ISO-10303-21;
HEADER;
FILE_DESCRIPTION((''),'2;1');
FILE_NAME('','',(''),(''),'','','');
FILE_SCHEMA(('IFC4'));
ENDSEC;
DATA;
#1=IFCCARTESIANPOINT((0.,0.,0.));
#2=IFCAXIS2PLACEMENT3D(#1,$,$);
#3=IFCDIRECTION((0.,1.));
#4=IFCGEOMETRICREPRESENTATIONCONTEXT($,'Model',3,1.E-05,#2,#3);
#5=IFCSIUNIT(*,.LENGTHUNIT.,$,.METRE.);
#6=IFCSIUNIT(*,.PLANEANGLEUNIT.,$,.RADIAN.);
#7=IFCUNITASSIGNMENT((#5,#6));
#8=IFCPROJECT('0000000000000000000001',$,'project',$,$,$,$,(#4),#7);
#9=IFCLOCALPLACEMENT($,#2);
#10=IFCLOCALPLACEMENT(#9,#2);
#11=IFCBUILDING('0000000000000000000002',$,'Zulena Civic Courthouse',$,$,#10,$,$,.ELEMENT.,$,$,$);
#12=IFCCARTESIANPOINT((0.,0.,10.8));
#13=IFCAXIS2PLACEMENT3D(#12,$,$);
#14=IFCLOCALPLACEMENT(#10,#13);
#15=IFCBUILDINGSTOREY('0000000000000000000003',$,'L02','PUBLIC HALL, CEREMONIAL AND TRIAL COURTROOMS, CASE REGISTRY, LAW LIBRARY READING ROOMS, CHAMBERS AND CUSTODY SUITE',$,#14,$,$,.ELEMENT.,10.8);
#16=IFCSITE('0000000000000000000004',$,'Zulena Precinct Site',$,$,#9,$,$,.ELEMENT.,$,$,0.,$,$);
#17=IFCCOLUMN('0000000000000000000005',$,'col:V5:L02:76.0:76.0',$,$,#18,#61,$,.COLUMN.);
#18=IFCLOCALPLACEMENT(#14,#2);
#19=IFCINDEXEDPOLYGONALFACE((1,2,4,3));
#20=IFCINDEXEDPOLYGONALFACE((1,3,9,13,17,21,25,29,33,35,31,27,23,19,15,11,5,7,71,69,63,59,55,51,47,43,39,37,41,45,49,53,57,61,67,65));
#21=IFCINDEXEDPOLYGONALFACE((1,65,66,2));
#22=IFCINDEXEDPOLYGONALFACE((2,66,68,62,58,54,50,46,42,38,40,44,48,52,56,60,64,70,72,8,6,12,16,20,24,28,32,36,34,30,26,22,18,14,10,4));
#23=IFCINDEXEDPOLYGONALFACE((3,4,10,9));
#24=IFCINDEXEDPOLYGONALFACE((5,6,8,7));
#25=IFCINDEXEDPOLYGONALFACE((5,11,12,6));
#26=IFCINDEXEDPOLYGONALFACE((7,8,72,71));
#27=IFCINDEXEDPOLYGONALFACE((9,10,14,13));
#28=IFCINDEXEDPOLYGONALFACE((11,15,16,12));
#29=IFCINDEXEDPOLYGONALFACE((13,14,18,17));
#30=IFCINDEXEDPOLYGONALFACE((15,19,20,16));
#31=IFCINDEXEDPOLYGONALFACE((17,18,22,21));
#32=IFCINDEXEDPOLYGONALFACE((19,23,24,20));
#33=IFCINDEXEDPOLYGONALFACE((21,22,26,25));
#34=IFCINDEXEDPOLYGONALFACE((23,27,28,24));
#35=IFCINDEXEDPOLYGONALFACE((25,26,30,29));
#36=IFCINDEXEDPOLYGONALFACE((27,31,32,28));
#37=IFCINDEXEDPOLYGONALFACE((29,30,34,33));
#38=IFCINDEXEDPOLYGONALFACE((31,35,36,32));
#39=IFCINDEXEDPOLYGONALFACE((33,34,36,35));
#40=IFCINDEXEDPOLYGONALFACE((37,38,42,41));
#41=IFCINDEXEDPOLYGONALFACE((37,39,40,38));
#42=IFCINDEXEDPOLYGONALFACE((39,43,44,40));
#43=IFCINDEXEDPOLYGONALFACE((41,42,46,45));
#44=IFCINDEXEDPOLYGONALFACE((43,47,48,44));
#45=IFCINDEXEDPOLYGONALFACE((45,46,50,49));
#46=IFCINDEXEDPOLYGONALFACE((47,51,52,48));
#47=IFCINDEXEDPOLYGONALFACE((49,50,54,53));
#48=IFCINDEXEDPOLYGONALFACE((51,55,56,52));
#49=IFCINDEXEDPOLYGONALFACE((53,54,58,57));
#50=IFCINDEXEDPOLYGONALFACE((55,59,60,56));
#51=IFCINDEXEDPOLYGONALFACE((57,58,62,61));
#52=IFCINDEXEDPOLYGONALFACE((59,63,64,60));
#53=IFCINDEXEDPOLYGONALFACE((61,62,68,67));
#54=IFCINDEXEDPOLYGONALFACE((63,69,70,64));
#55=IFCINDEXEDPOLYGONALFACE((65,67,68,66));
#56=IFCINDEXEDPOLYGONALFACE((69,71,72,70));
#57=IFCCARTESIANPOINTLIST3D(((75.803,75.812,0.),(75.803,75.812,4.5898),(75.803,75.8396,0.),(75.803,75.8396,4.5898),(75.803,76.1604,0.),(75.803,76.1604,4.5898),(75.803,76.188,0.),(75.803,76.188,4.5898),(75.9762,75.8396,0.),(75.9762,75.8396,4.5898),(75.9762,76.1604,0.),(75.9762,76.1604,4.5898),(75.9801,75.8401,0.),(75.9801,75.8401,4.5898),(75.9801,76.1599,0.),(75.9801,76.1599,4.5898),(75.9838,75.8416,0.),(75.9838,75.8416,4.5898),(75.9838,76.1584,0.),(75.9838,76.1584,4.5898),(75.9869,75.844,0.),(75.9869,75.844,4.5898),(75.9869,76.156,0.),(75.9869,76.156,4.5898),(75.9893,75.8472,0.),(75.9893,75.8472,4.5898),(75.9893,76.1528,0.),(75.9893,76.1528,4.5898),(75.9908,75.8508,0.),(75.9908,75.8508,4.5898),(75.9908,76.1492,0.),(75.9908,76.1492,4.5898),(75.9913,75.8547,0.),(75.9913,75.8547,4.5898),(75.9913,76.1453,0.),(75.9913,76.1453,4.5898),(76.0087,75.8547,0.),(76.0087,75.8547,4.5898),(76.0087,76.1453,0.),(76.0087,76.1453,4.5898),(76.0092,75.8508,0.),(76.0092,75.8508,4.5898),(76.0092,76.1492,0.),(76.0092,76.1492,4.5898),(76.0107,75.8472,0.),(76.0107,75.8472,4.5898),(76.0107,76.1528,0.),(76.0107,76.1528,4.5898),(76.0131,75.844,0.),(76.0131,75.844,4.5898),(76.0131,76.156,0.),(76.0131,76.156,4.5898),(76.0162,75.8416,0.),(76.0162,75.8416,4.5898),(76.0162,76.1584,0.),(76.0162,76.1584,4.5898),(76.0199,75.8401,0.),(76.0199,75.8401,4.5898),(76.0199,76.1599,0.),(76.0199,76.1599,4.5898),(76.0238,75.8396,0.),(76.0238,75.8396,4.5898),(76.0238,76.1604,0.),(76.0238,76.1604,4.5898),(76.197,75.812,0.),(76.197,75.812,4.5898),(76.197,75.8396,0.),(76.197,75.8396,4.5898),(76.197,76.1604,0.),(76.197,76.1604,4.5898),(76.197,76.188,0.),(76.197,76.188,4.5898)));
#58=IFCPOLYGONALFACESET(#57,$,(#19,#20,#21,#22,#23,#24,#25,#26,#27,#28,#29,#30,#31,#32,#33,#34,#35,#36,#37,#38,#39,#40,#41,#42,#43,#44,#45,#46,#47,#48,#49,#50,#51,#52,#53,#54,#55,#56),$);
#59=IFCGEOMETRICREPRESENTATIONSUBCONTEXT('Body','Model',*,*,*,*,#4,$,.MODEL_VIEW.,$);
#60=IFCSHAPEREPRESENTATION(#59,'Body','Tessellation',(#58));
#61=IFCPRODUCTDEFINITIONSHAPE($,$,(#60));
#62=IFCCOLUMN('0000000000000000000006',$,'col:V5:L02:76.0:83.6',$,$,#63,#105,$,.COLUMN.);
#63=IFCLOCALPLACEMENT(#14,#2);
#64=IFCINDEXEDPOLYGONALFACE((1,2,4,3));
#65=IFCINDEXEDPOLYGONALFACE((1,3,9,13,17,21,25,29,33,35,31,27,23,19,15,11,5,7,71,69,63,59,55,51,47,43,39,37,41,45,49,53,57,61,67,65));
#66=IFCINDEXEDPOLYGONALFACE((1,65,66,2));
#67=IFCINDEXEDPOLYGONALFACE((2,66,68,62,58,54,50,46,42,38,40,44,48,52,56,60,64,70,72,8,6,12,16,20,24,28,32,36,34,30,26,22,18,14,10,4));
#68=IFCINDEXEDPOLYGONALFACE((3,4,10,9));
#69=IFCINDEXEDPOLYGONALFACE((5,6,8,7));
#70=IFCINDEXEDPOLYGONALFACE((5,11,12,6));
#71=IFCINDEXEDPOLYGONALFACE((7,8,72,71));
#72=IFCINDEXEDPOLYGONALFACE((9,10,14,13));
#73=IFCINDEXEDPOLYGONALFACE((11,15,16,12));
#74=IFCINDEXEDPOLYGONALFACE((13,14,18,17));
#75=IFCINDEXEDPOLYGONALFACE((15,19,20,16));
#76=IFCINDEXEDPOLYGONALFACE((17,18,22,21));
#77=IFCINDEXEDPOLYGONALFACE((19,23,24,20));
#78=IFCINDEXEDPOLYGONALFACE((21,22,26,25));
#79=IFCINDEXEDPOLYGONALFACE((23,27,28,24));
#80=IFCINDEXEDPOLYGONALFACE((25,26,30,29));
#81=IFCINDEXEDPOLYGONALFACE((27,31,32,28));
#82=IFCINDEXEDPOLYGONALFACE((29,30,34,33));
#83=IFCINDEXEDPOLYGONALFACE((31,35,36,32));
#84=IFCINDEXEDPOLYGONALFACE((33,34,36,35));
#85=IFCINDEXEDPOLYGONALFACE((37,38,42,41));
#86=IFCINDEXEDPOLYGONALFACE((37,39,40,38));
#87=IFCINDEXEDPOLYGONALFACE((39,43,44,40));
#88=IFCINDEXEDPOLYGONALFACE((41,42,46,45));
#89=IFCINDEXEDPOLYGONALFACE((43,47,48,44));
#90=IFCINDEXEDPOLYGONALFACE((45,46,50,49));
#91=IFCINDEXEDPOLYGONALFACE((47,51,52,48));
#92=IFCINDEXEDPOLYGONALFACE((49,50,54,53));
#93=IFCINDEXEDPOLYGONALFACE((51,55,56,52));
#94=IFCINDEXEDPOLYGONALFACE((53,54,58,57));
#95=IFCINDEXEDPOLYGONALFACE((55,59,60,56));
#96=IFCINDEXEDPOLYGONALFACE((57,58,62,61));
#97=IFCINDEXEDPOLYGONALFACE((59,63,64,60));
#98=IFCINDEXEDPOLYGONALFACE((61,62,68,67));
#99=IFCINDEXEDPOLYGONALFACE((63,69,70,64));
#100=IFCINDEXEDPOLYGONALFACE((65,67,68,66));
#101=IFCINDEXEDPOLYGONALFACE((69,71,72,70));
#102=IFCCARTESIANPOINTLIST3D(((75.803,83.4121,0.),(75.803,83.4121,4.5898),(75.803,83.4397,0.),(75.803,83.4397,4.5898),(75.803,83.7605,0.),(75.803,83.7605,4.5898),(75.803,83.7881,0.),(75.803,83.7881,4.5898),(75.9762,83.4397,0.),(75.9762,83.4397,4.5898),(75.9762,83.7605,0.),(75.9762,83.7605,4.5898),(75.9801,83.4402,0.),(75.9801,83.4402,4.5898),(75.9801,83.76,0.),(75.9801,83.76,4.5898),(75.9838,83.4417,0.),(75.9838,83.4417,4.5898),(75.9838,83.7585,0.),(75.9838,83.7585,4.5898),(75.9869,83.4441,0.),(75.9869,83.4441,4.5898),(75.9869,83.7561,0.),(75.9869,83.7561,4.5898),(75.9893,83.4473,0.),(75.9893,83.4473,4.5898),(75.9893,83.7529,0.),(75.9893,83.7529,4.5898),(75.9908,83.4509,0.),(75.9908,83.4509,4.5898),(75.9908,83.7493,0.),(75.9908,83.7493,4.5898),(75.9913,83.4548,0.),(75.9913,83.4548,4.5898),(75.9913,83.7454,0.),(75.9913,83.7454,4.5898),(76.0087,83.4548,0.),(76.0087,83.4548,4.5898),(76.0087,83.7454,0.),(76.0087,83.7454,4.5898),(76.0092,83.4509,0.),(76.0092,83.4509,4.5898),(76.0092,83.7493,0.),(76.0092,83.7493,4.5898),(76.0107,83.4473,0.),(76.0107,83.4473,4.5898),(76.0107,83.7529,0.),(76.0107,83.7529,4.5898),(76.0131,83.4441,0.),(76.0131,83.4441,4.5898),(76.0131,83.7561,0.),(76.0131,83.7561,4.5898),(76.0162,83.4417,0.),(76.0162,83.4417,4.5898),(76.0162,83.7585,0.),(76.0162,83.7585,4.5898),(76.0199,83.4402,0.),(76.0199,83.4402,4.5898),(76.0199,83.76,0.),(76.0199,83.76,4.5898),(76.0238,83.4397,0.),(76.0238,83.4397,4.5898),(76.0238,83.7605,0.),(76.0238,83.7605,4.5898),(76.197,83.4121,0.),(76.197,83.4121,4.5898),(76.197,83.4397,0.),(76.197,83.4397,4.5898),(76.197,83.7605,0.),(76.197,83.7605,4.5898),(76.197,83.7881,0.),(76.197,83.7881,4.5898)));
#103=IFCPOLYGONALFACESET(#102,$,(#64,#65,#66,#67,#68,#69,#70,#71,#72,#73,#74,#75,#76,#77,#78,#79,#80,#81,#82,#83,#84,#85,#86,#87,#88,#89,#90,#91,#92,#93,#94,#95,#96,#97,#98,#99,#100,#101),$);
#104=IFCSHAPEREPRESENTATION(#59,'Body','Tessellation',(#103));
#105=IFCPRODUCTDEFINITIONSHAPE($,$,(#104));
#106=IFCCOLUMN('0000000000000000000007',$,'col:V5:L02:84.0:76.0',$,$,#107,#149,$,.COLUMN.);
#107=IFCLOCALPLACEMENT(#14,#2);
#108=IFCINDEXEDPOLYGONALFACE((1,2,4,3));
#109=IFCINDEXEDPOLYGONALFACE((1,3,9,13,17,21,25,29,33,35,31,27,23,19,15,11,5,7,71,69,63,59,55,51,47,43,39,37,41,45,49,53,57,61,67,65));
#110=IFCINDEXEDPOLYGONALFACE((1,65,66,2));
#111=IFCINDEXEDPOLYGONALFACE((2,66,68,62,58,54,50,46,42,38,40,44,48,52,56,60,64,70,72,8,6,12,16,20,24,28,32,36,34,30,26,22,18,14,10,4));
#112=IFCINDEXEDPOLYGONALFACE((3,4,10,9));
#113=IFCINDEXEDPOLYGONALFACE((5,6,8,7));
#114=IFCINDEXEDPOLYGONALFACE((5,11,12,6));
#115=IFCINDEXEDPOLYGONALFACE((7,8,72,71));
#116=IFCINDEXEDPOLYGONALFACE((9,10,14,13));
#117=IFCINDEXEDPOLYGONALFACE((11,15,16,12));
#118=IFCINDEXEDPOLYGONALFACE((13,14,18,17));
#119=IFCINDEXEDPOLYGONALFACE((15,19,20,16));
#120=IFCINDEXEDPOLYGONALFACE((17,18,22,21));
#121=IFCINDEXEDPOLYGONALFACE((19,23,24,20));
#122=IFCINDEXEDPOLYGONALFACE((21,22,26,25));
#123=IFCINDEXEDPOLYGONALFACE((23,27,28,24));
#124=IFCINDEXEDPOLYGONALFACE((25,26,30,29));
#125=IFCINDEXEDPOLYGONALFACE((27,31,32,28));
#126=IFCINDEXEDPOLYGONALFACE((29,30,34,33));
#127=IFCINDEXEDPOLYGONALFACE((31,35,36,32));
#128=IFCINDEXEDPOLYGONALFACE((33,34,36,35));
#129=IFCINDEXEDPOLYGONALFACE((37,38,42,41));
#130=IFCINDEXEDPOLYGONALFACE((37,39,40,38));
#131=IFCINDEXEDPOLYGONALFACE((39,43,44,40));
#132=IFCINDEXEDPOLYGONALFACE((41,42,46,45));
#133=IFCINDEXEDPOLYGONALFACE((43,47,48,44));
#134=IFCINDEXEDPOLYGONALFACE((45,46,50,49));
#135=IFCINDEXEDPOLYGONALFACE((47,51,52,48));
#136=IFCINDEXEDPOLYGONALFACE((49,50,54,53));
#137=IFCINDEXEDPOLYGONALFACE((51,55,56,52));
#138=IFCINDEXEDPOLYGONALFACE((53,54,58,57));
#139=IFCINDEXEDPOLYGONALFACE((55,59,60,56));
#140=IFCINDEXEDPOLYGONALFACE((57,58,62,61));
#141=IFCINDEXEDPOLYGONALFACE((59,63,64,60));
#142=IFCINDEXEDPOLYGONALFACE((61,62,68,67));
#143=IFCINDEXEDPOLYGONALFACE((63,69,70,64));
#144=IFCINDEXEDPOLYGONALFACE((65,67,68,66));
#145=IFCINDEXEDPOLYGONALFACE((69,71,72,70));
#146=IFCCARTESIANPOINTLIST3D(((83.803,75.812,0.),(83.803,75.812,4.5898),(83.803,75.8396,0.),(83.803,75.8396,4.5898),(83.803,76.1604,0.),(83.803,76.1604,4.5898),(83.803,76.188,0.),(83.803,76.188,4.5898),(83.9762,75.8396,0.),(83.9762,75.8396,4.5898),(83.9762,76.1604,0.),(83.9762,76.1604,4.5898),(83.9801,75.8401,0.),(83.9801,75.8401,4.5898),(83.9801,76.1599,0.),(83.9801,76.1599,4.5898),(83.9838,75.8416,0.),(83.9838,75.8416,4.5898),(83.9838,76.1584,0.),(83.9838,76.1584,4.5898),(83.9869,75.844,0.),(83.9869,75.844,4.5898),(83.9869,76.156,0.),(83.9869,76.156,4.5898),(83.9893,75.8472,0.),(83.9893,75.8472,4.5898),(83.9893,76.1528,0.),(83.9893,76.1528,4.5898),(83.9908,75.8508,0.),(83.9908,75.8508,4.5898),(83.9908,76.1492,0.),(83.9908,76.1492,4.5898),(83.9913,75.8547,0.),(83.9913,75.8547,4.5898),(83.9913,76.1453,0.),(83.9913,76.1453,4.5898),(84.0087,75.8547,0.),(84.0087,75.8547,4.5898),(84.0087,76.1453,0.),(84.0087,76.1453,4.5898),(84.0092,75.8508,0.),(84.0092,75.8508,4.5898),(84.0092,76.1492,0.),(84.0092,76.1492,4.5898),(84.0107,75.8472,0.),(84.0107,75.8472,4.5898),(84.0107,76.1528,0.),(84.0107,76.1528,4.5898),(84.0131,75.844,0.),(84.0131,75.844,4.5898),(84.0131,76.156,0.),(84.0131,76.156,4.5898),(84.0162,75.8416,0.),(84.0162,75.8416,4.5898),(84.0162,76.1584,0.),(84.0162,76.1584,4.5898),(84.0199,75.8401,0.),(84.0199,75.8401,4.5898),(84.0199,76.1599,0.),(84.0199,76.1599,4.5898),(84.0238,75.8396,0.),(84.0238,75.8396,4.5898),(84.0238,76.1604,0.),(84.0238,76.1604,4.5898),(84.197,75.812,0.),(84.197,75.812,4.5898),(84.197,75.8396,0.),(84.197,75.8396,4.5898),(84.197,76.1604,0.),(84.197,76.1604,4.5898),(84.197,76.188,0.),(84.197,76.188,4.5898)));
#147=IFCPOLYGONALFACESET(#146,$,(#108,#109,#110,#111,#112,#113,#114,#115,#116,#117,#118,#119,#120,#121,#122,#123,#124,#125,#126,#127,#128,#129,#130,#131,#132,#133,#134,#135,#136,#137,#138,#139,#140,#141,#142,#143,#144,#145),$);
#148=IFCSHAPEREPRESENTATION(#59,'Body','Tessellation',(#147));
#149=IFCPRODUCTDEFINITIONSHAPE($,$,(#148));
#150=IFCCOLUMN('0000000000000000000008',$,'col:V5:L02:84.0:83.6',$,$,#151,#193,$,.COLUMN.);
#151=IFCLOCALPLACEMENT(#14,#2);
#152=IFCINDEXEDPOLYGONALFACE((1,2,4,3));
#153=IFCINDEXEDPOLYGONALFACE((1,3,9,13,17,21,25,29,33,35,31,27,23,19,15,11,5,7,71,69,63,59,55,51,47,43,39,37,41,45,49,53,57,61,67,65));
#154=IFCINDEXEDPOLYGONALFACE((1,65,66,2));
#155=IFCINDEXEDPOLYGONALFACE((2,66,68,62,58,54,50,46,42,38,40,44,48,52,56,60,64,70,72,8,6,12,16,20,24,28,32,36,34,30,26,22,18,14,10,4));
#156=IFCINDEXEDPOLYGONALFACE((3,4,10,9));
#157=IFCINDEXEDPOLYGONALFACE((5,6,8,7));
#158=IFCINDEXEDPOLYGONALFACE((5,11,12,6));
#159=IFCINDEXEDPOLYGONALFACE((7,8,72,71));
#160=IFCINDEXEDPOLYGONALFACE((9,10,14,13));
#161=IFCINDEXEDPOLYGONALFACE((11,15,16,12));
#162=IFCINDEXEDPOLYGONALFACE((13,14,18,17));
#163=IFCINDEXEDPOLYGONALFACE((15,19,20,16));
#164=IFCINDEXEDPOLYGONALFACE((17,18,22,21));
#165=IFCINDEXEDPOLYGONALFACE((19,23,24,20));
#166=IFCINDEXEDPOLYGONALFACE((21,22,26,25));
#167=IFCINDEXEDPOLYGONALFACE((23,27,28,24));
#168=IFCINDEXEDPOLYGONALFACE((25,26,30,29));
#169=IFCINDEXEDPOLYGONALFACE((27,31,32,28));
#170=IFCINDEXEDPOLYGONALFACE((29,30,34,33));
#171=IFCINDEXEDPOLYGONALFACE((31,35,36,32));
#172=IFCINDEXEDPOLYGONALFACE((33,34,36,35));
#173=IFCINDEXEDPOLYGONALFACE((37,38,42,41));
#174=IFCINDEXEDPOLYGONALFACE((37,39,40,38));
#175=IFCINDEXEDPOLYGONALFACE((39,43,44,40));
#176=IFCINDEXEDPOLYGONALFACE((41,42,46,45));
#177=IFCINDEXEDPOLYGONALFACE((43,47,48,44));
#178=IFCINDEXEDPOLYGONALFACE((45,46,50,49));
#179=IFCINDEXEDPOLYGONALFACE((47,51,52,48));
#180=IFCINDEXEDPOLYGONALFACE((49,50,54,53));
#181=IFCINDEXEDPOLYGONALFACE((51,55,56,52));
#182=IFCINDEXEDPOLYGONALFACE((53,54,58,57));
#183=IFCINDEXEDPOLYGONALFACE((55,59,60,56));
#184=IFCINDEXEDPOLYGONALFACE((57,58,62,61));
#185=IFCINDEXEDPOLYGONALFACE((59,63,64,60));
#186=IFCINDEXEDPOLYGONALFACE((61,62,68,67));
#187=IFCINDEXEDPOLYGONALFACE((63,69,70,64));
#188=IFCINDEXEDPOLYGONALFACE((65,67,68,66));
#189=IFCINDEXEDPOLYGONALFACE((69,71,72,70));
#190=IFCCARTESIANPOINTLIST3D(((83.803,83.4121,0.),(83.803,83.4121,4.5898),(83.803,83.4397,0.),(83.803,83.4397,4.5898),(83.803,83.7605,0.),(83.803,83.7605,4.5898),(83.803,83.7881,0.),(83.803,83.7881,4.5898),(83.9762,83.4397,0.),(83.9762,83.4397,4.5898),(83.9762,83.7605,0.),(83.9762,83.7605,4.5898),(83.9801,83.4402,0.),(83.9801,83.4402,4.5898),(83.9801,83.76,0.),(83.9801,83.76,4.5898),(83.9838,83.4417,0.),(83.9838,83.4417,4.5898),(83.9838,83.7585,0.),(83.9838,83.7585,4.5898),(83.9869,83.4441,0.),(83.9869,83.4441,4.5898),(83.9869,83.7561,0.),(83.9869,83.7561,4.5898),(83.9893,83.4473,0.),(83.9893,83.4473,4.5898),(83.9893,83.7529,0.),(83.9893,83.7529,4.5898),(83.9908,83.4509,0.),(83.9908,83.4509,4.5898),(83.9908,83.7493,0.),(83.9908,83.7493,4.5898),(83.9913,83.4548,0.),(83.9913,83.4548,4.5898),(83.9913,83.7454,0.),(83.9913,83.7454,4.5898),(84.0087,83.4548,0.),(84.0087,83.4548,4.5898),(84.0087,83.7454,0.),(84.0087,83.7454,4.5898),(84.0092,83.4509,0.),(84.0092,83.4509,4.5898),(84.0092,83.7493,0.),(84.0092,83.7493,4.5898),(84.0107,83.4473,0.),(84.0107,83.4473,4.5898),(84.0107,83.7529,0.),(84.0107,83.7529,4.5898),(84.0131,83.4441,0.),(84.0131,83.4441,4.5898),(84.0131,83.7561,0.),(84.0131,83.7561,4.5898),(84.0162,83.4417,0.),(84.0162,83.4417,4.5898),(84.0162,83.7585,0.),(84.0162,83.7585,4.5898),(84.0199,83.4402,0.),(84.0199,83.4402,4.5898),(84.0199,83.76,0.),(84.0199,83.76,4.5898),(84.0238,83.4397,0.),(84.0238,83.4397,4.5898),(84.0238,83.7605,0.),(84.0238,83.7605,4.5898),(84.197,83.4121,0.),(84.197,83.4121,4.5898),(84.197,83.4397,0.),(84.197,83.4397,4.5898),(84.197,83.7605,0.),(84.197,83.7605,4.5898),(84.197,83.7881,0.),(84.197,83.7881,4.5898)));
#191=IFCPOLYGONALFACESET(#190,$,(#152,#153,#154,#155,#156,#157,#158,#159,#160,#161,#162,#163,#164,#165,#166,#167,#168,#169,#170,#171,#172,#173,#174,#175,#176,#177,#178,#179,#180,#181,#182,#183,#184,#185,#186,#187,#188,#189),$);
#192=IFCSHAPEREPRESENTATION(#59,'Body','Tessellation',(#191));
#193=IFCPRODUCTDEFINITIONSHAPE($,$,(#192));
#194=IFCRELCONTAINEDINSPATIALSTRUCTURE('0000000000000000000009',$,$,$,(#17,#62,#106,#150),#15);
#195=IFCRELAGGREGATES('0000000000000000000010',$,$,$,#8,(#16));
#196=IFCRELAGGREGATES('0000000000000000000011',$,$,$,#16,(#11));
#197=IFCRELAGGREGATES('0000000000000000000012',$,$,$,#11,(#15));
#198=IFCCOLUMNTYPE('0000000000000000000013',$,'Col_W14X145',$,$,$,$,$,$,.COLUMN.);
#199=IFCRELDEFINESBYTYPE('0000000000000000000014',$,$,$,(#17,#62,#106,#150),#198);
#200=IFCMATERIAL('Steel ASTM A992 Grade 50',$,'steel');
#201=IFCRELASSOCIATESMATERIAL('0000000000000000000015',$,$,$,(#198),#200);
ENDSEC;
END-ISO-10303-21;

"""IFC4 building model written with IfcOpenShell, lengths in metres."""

from ifc_helpers import new_model, si_unit, direction, frame, origin, origin_2d, place, context, subcontext, project, spatial, i_section, extrude, material, material_profile, profile_set, type_object, element, save


model = new_model("IFC4")

# Units and contexts
model_context = context("Model", 3, precision=1e-05, world=origin(), true_north=direction((0.0, 1.0)))
body_context = subcontext(model_context, "Body", "Model", "MODEL_VIEW")
ifc_project = project(units=[si_unit("LENGTHUNIT", "METRE"), si_unit("PLANEANGLEUNIT", "RADIAN")], contexts=[model_context])

# Site, building, storey
site_placement = place(None, origin())
site = spatial("IfcSite", under=ifc_project, at=site_placement, Name="Zulena Precinct Site", CompositionType="ELEMENT", RefElevation=0.0)
building_placement = place(site_placement, origin())
building = spatial("IfcBuilding", under=site, at=building_placement, Name="Zulena Civic Courthouse", CompositionType="ELEMENT")
storey_placement = place(building_placement, frame((0.0, 0.0, 10.8)))
storey = spatial("IfcBuildingStorey", under=building, at=storey_placement, Name="L02", Description="PUBLIC HALL, CEREMONIAL AND TRIAL COURTROOMS, CASE REGISTRY, LAW LIBRARY READING ROOMS, CHAMBERS AND CUSTODY SUITE", CompositionType="ELEMENT", Elevation=10.8)

# Columns
ifc_material_1 = material(Name="Steel ASTM A992 Grade 50", Category="steel")
ifc_material_profile_1 = material_profile(ifc_material_1, i_section(OverallWidth=0.394, OverallDepth=0.376, WebThickness=0.0173, FlangeThickness=0.0276, FilletRadius=0.0151, at=origin_2d()), Name="W14X145")
ifc_profile_set_1 = profile_set([ifc_material_profile_1], Name="Steel ASTM A992 Grade 50")
column_type_1 = type_object("IfcColumnType", Name="Col_W14X145", PredefinedType="COLUMN", material=ifc_profile_set_1)
for number, where, z_axis, x_axis, name in (
    (1, (76.0, 76.0, 0.0), (0.0, 0.0, 1.0), (1.0, 0.0, 0.0), "col:V5:L02:76.0:76.0"),
    (2, (76.0, 83.6001, 0.0), (0.0, 0.0, 1.0), (1.0, 0.0, 0.0), "col:V5:L02:76.0:83.6"),
    (3, (84.0, 76.0, 0.0), (0.0, 0.0, 1.0), (1.0, 0.0, 0.0), "col:V5:L02:84.0:76.0"),
    (4, (84.0, 83.6001, 0.0), (0.0, 0.0, 1.0), (1.0, 0.0, 0.0), "col:V5:L02:84.0:83.6"),
):
    element("IfcColumn", number, at=place(storey_placement, frame(where, z_axis=z_axis, x_axis=x_axis)), inside=storey, type_object=column_type_1, Name=name, PredefinedType="COLUMN", context=body_context, shape_type="SweptSolid", body=[
        extrude(i_section(OverallWidth=0.394, OverallDepth=0.376, WebThickness=0.0173, FlangeThickness=0.0276, FilletRadius=0.0151, at=origin_2d()), origin(), (0.0, 0.0, 1.0), 4.5898),
    ])

save(model, "model.ifc")
